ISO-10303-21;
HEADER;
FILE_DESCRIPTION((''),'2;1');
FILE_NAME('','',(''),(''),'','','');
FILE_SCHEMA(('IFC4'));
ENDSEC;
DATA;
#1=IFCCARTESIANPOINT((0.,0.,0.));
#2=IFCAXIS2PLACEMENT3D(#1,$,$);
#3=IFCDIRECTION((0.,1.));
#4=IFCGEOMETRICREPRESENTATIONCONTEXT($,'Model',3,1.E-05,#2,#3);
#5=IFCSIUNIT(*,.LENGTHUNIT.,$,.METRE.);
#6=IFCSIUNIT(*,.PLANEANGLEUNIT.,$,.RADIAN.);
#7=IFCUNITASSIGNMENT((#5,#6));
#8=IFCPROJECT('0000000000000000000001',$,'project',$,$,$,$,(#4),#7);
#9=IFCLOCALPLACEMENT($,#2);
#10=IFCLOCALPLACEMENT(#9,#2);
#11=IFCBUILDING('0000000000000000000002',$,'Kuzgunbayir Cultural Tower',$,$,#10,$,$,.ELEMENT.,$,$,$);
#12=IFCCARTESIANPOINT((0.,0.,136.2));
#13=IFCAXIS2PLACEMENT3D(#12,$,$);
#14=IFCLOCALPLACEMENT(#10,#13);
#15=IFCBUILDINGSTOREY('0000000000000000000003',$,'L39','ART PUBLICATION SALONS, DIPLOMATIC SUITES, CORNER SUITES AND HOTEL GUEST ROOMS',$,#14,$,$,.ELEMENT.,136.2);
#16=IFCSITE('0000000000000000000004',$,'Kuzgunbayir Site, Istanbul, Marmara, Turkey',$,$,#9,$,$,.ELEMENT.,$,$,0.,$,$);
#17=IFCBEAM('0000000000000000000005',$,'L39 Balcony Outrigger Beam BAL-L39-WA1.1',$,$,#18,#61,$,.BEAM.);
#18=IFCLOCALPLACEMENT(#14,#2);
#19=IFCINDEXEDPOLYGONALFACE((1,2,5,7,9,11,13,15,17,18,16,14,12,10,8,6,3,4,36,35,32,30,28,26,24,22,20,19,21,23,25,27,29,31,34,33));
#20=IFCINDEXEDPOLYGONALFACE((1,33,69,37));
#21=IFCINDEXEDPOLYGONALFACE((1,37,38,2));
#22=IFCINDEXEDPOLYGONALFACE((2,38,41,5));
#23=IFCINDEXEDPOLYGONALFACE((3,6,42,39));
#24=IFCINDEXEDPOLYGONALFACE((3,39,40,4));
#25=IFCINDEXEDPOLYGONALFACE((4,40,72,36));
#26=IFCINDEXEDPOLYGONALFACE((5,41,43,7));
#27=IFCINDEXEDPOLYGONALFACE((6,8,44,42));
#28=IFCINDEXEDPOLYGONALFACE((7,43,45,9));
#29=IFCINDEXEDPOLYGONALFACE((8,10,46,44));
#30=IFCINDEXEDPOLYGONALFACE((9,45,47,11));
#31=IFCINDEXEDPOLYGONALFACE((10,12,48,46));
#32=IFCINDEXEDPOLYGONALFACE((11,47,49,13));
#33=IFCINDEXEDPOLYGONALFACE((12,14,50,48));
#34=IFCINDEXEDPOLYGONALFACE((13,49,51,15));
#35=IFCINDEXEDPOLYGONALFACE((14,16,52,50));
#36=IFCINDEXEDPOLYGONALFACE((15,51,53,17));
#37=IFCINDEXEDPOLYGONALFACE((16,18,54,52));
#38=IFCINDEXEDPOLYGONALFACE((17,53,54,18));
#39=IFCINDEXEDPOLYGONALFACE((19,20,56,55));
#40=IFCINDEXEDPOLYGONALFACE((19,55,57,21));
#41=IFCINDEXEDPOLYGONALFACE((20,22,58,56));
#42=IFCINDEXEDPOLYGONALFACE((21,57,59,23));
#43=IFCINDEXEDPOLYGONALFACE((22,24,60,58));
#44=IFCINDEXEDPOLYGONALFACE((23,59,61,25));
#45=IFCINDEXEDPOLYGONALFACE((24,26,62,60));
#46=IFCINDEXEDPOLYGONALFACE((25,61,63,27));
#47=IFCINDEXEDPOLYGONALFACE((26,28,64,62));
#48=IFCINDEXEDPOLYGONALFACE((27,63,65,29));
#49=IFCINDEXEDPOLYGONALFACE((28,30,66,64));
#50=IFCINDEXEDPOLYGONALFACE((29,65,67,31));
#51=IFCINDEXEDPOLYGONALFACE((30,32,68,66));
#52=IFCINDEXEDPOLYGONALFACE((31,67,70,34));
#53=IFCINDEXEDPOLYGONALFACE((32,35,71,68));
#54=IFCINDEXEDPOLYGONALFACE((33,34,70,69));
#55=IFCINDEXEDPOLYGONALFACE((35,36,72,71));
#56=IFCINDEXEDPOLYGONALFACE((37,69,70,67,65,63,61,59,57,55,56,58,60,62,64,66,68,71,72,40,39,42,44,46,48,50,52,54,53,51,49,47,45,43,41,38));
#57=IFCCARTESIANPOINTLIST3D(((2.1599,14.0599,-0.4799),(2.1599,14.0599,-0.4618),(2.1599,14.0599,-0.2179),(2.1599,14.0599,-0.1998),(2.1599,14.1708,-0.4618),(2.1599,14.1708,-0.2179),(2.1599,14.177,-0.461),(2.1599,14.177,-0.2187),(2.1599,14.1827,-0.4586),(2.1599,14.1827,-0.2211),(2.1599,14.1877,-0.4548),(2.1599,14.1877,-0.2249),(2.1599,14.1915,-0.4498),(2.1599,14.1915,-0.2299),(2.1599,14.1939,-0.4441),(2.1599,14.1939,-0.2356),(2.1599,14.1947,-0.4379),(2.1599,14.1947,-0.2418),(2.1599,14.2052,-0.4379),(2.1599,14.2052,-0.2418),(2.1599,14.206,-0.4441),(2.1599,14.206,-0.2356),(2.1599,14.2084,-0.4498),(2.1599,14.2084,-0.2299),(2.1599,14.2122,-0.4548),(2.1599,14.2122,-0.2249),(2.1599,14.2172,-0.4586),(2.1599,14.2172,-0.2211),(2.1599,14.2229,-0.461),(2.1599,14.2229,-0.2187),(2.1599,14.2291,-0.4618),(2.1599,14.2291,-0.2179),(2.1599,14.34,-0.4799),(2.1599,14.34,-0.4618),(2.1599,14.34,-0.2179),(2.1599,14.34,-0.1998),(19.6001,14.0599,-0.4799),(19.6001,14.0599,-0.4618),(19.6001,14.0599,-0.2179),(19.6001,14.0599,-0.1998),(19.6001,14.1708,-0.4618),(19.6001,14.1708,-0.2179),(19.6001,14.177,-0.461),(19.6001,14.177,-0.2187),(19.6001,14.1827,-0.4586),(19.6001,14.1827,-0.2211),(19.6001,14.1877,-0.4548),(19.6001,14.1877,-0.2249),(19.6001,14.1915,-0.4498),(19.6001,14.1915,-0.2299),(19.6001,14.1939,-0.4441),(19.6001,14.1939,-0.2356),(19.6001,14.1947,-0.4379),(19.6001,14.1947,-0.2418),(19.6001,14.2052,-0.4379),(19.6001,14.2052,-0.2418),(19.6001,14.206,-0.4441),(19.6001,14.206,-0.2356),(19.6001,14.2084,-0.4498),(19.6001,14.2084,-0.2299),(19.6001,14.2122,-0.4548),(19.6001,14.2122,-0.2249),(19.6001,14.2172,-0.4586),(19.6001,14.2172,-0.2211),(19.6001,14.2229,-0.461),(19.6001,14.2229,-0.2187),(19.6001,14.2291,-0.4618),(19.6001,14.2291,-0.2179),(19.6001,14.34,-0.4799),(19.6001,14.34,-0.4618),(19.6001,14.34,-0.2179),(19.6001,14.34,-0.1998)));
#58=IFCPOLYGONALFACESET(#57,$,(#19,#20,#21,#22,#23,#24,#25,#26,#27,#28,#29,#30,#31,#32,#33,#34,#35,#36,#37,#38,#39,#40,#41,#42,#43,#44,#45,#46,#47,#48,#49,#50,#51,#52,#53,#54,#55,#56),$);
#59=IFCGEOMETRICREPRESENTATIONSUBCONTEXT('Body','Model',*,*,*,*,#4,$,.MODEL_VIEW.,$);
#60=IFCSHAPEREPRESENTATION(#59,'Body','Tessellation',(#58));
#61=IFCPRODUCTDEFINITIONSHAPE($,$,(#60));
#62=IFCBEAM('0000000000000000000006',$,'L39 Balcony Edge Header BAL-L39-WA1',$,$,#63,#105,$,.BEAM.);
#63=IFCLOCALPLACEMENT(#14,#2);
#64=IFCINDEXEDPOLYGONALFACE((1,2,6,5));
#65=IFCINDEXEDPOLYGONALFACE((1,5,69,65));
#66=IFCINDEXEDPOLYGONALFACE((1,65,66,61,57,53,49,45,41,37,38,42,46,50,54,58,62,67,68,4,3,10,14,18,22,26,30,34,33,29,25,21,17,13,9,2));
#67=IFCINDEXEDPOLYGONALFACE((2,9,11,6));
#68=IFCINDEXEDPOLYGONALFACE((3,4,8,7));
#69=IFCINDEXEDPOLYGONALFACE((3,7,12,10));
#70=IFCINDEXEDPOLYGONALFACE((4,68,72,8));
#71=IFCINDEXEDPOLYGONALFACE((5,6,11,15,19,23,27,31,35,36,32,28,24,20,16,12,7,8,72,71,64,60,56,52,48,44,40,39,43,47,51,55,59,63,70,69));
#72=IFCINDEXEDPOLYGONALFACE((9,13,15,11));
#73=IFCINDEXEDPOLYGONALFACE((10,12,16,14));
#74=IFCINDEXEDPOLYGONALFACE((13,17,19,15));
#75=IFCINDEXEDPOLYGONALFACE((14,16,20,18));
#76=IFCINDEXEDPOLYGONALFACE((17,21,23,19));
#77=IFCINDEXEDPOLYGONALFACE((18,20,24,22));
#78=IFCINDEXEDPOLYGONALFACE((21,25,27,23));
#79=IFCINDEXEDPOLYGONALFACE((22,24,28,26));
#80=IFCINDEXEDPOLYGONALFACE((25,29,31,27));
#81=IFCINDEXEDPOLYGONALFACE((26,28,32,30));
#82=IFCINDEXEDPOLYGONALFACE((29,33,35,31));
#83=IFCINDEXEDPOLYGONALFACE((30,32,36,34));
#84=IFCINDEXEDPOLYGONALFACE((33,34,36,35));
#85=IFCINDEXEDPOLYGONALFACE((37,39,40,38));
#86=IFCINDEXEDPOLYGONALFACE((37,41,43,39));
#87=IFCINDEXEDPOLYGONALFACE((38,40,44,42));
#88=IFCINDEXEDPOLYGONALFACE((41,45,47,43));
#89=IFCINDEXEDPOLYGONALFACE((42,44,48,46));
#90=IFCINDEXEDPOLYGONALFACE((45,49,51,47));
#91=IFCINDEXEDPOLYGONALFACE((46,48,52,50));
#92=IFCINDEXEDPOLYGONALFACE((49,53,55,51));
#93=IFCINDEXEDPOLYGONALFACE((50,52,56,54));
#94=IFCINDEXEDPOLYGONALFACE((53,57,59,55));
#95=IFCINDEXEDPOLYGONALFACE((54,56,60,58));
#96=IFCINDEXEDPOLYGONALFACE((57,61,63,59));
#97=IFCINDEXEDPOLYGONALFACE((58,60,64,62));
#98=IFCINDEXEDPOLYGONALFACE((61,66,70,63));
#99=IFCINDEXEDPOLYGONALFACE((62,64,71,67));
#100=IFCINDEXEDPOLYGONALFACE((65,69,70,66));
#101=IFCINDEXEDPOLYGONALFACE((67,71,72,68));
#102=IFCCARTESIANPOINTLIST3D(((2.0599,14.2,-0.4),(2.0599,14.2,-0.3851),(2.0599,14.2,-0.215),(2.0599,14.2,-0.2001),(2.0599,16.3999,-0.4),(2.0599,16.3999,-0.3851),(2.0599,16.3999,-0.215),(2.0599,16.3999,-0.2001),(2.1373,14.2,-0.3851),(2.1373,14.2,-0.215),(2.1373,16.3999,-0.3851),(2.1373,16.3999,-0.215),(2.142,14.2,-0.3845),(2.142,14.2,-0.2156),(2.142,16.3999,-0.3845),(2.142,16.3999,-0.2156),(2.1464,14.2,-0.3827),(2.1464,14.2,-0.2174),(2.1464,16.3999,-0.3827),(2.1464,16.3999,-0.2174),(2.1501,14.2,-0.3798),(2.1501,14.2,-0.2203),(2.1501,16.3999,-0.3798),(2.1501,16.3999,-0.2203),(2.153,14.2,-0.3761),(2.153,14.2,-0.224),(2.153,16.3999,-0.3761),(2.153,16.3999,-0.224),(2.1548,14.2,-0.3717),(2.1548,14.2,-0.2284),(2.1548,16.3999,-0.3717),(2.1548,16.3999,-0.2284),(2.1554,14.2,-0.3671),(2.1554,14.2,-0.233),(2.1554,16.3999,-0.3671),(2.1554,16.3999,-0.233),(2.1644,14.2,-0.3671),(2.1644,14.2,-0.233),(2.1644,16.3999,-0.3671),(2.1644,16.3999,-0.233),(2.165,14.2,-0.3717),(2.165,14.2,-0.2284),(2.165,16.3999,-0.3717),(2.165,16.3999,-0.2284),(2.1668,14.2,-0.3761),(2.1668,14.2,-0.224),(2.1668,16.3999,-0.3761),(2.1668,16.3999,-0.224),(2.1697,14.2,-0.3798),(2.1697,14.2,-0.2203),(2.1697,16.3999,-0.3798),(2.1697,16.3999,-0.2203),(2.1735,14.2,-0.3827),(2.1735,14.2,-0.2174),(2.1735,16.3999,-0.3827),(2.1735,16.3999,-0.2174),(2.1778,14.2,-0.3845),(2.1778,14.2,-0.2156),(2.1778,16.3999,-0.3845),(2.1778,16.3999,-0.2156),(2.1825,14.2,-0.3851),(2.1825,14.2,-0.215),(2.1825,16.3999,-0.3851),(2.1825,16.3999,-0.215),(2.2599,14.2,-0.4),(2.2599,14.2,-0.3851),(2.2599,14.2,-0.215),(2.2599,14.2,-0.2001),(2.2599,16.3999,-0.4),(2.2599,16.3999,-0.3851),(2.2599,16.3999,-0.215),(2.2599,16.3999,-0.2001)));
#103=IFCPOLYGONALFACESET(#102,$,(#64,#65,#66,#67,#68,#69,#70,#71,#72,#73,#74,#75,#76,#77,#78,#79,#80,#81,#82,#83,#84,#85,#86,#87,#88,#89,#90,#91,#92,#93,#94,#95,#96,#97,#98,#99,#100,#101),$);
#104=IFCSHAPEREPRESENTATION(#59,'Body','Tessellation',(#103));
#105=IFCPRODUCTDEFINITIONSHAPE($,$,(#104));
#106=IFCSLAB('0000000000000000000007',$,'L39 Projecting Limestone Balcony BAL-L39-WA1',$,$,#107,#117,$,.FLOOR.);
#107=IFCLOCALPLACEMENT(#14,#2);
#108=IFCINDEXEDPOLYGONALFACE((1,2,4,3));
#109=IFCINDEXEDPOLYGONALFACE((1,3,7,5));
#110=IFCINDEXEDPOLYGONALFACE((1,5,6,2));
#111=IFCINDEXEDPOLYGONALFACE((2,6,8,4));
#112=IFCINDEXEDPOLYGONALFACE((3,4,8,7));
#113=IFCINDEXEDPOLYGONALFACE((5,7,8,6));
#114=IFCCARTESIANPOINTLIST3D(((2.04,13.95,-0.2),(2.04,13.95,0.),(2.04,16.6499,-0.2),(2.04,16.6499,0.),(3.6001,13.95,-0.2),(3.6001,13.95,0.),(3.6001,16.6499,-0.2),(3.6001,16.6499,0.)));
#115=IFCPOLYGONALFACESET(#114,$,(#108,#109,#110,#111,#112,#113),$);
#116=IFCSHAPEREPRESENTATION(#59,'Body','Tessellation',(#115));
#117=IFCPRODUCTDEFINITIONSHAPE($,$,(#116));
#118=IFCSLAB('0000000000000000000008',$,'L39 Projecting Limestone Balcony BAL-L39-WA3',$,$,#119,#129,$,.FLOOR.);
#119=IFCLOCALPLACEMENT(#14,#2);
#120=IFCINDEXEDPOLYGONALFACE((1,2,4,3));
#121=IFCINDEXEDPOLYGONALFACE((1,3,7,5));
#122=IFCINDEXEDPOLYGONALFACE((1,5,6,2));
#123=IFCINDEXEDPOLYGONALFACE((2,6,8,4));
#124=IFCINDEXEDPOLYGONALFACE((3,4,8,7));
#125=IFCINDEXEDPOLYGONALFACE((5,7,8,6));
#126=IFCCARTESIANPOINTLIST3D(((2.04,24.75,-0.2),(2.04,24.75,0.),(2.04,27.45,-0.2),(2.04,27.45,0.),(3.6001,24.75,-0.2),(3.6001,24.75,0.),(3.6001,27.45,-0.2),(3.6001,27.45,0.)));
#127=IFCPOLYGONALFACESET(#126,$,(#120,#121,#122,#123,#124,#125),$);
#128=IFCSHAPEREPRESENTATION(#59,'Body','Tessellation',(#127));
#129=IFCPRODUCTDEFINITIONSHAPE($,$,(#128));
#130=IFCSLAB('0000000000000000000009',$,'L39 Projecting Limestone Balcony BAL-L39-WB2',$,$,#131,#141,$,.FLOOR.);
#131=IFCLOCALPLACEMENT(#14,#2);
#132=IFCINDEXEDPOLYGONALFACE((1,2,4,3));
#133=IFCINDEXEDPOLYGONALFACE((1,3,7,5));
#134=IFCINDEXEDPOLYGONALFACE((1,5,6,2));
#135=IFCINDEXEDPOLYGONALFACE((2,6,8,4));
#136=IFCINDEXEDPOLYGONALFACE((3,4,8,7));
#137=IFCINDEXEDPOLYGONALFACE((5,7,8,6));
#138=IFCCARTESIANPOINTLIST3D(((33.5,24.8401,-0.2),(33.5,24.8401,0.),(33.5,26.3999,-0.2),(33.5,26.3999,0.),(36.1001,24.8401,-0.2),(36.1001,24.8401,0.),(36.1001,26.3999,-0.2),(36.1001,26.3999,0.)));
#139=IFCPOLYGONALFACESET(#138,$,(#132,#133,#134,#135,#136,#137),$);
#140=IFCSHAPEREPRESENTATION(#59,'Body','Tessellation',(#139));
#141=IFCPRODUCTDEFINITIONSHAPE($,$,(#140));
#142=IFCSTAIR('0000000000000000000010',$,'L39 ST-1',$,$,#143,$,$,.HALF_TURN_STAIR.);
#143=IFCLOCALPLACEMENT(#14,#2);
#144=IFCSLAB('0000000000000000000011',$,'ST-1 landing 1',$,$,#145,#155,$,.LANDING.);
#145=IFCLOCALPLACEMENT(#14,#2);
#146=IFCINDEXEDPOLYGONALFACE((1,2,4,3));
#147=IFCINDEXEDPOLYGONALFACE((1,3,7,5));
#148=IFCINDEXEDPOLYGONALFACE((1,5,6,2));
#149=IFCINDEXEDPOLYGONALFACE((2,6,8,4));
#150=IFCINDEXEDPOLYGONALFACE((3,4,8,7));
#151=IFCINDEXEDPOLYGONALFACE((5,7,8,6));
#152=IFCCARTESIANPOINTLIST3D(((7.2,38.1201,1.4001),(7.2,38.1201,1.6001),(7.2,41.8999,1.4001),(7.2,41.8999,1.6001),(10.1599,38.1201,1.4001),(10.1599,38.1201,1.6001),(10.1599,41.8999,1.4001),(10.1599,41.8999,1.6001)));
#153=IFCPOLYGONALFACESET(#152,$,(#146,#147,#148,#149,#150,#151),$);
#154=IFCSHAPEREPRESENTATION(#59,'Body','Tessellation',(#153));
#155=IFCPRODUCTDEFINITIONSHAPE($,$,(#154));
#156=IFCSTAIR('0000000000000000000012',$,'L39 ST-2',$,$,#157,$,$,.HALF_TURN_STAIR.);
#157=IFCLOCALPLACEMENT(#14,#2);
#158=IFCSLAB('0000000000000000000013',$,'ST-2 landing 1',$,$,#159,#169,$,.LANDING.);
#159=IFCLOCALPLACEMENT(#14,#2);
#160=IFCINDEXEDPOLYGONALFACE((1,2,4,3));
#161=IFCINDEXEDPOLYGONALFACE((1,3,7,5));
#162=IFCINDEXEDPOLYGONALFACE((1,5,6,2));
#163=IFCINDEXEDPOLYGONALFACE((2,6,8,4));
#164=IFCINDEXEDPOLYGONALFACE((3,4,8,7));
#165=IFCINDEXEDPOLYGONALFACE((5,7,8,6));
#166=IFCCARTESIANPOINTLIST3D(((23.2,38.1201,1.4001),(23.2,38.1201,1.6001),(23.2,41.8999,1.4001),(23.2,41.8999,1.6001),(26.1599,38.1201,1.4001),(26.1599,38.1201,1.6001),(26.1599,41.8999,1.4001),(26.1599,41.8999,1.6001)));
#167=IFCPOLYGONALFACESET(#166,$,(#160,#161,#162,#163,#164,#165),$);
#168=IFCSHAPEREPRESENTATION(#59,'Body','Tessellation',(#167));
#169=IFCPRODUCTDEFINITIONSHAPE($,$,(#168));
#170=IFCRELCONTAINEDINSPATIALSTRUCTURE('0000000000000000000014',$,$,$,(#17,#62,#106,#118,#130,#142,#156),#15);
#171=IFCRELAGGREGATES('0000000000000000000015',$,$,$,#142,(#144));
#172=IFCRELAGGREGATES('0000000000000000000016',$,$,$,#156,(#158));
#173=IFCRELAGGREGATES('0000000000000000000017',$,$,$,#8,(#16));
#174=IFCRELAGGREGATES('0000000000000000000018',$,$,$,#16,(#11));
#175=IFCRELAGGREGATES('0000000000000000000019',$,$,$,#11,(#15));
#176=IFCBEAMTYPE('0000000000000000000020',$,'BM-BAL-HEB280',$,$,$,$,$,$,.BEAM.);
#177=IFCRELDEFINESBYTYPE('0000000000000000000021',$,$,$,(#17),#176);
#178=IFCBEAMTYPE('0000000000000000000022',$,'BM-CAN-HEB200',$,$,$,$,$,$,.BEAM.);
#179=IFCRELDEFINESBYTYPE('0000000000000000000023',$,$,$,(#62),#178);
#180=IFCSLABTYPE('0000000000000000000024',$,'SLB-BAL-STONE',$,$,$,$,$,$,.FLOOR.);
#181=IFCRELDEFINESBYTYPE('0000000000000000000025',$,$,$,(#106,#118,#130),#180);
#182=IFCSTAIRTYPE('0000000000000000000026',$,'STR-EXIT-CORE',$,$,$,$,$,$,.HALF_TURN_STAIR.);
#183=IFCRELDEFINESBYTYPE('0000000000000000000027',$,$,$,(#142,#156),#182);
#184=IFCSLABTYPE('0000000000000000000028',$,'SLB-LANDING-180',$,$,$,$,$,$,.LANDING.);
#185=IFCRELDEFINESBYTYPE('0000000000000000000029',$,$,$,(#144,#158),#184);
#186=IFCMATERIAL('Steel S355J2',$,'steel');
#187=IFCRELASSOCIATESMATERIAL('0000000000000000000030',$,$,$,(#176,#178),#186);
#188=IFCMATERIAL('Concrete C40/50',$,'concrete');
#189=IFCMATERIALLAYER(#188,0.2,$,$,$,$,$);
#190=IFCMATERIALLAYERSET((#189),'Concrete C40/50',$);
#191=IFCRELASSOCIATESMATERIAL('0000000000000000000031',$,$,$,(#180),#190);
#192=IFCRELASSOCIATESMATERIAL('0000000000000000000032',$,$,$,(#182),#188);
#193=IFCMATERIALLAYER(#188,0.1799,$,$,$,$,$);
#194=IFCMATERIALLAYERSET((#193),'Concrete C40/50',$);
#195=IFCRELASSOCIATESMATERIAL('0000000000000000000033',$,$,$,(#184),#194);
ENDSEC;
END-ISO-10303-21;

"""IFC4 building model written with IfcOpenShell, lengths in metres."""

from ifc_helpers import new_model, si_unit, direction, frame, origin, origin_2d, place, context, subcontext, project, spatial, polyline, i_section, outline, extrude, material, layer, layer_set, material_profile, profile_set, type_object, element, aggregate, save


model = new_model("IFC4")

# Units and contexts
model_context = context("Model", 3, precision=1e-05, world=origin(), true_north=direction((0.0, 1.0)))
body_context = subcontext(model_context, "Body", "Model", "MODEL_VIEW")
ifc_project = project(units=[si_unit("LENGTHUNIT", "METRE"), si_unit("PLANEANGLEUNIT", "RADIAN")], contexts=[model_context])

# Site, building, storey
site_placement = place(None, origin())
site = spatial("IfcSite", under=ifc_project, at=site_placement, Name="Kuzgunbayir Site, Istanbul, Marmara, Turkey", CompositionType="ELEMENT", RefElevation=0.0)
building_placement = place(site_placement, origin())
building = spatial("IfcBuilding", under=site, at=building_placement, Name="Kuzgunbayir Cultural Tower", CompositionType="ELEMENT")
storey_placement = place(building_placement, frame((0.0, 0.0, 136.2)))
storey = spatial("IfcBuildingStorey", under=building, at=storey_placement, Name="L39", Description="ART PUBLICATION SALONS, DIPLOMATIC SUITES, CORNER SUITES AND HOTEL GUEST ROOMS", CompositionType="ELEMENT", Elevation=136.2)

# Beams
ifc_material_1 = material(Name="Steel S355J2", Category="steel")
ifc_material_profile_1 = material_profile(ifc_material_1, i_section(OverallWidth=0.28, OverallDepth=0.28, WebThickness=0.0105, FlangeThickness=0.0181, FilletRadius=0.0239, at=origin_2d()), Name="HEB 280")
ifc_profile_set_1 = profile_set([ifc_material_profile_1], Name="Steel S355J2")
beam_type_1 = type_object("IfcBeamType", Name="BM-BAL-HEB280", PredefinedType="BEAM", material=ifc_profile_set_1)
beam_1_placement = place(storey_placement, frame((2.1599, 14.2, -0.3398), z_axis=(1.0, 0.0, 0.0), x_axis=(0.0, 1.0, 0.0)))
element("IfcBeam", 1, at=beam_1_placement, inside=storey, type_object=beam_type_1, Name="L39 Balcony Outrigger Beam BAL-L39-WA1.1", PredefinedType="BEAM", context=body_context, shape_type="SweptSolid", body=[
    extrude(i_section(OverallWidth=0.28, OverallDepth=0.28, WebThickness=0.0105, FlangeThickness=0.0181, FilletRadius=0.0239, at=origin_2d()), origin(), (0.0, 0.0, 1.0), 17.4402),
])
ifc_material_profile_2 = material_profile(ifc_material_1, i_section(OverallWidth=0.2, OverallDepth=0.2, WebThickness=0.009, FlangeThickness=0.0149, FilletRadius=0.0181, at=origin_2d()), Name="HEB 200")
ifc_profile_set_2 = profile_set([ifc_material_profile_2], Name="Steel S355J2")
beam_type_2 = type_object("IfcBeamType", Name="BM-CAN-HEB200", PredefinedType="BEAM", material=ifc_profile_set_2)
beam_2_placement = place(storey_placement, frame((2.1599, 14.2, -0.3), z_axis=(0.0, 1.0, 0.0), x_axis=(-1.0, 0.0, 0.0)))
element("IfcBeam", 2, at=beam_2_placement, inside=storey, type_object=beam_type_2, Name="L39 Balcony Edge Header BAL-L39-WA1", PredefinedType="BEAM", context=body_context, shape_type="SweptSolid", body=[
    extrude(i_section(OverallWidth=0.2, OverallDepth=0.2, WebThickness=0.009, FlangeThickness=0.0149, FilletRadius=0.0181, at=origin_2d()), origin(), (0.0, 0.0, 1.0), 2.2),
])

# Slabs
ifc_material_2 = material(Name="Concrete C40/50", Category="concrete")
ifc_layer_1 = layer(ifc_material_2, 0.2)
ifc_layer_set_1 = layer_set([ifc_layer_1], Name="Concrete C40/50")
slab_type_1 = type_object("IfcSlabType", Name="SLB-BAL-STONE", PredefinedType="FLOOR", material=ifc_layer_set_1)
slab_1_placement = place(storey_placement, frame((0.0, 0.0, -0.2)))
element("IfcSlab", 3, at=slab_1_placement, inside=storey, type_object=slab_type_1, Name="L39 Projecting Limestone Balcony BAL-L39-WA1", PredefinedType="FLOOR", context=body_context, shape_type="SweptSolid", body=[
    extrude(outline(polyline([(2.04, 13.95), (3.6001, 13.95), (3.6001, 16.6499), (2.04, 16.6499), (2.04, 13.95)])), origin(), (0.0, 0.0, 1.0), 0.2),
])
slab_2_placement = place(storey_placement, frame((0.0, 0.0, -0.2)))
element("IfcSlab", 4, at=slab_2_placement, inside=storey, type_object=slab_type_1, Name="L39 Projecting Limestone Balcony BAL-L39-WA3", PredefinedType="FLOOR", context=body_context, shape_type="SweptSolid", body=[
    extrude(outline(polyline([(2.04, 24.75), (3.6001, 24.75), (3.6001, 27.45), (2.04, 27.45), (2.04, 24.75)])), origin(), (0.0, 0.0, 1.0), 0.2),
])
slab_3_placement = place(storey_placement, frame((0.0, 0.0, -0.2)))
element("IfcSlab", 5, at=slab_3_placement, inside=storey, type_object=slab_type_1, Name="L39 Projecting Limestone Balcony BAL-L39-WB2", PredefinedType="FLOOR", context=body_context, shape_type="SweptSolid", body=[
    extrude(outline(polyline([(33.5, 24.8401), (36.1001, 24.8401), (36.1001, 26.3999), (33.5, 26.3999), (33.5, 24.8401)])), origin(), (0.0, 0.0, 1.0), 0.2),
])

# Stairs, slabs
stair_type = type_object("IfcStairType", Name="STR-EXIT-CORE", PredefinedType="HALF_TURN_STAIR", material=ifc_material_2)
stair_1_placement = place(storey_placement, origin())
stair_1 = element("IfcStair", 6, at=stair_1_placement, inside=storey, type_object=stair_type, Name="L39 ST-1", PredefinedType="HALF_TURN_STAIR")
ifc_layer_2 = layer(ifc_material_2, 0.1799)
ifc_layer_set_2 = layer_set([ifc_layer_2], Name="Concrete C40/50")
slab_type_2 = type_object("IfcSlabType", Name="SLB-LANDING-180", PredefinedType="LANDING", material=ifc_layer_set_2)
slab_4_placement = place(storey_placement, frame((0.0, 0.0, 1.4001)))
slab_4 = element("IfcSlab", 7, at=slab_4_placement, type_object=slab_type_2, Name="ST-1 landing 1", PredefinedType="LANDING", context=body_context, shape_type="SweptSolid", body=[
    extrude(outline(polyline([(10.1599, 38.1201), (10.1599, 41.8999), (7.2, 41.8999), (7.2, 38.1201), (10.1599, 38.1201)])), origin(), (0.0, 0.0, 1.0), 0.2),
])
aggregate(stair_1, [slab_4])
stair_2_placement = place(storey_placement, origin())
stair_2 = element("IfcStair", 8, at=stair_2_placement, inside=storey, type_object=stair_type, Name="L39 ST-2", PredefinedType="HALF_TURN_STAIR")
slab_5_placement = place(storey_placement, frame((0.0, 0.0, 1.4001)))
slab_5 = element("IfcSlab", 9, at=slab_5_placement, type_object=slab_type_2, Name="ST-2 landing 1", PredefinedType="LANDING", context=body_context, shape_type="SweptSolid", body=[
    extrude(outline(polyline([(26.1599, 38.1201), (26.1599, 41.8999), (23.2, 41.8999), (23.2, 38.1201), (26.1599, 38.1201)])), origin(), (0.0, 0.0, 1.0), 0.2),
])
aggregate(stair_2, [slab_5])

save(model, "model.ifc")
